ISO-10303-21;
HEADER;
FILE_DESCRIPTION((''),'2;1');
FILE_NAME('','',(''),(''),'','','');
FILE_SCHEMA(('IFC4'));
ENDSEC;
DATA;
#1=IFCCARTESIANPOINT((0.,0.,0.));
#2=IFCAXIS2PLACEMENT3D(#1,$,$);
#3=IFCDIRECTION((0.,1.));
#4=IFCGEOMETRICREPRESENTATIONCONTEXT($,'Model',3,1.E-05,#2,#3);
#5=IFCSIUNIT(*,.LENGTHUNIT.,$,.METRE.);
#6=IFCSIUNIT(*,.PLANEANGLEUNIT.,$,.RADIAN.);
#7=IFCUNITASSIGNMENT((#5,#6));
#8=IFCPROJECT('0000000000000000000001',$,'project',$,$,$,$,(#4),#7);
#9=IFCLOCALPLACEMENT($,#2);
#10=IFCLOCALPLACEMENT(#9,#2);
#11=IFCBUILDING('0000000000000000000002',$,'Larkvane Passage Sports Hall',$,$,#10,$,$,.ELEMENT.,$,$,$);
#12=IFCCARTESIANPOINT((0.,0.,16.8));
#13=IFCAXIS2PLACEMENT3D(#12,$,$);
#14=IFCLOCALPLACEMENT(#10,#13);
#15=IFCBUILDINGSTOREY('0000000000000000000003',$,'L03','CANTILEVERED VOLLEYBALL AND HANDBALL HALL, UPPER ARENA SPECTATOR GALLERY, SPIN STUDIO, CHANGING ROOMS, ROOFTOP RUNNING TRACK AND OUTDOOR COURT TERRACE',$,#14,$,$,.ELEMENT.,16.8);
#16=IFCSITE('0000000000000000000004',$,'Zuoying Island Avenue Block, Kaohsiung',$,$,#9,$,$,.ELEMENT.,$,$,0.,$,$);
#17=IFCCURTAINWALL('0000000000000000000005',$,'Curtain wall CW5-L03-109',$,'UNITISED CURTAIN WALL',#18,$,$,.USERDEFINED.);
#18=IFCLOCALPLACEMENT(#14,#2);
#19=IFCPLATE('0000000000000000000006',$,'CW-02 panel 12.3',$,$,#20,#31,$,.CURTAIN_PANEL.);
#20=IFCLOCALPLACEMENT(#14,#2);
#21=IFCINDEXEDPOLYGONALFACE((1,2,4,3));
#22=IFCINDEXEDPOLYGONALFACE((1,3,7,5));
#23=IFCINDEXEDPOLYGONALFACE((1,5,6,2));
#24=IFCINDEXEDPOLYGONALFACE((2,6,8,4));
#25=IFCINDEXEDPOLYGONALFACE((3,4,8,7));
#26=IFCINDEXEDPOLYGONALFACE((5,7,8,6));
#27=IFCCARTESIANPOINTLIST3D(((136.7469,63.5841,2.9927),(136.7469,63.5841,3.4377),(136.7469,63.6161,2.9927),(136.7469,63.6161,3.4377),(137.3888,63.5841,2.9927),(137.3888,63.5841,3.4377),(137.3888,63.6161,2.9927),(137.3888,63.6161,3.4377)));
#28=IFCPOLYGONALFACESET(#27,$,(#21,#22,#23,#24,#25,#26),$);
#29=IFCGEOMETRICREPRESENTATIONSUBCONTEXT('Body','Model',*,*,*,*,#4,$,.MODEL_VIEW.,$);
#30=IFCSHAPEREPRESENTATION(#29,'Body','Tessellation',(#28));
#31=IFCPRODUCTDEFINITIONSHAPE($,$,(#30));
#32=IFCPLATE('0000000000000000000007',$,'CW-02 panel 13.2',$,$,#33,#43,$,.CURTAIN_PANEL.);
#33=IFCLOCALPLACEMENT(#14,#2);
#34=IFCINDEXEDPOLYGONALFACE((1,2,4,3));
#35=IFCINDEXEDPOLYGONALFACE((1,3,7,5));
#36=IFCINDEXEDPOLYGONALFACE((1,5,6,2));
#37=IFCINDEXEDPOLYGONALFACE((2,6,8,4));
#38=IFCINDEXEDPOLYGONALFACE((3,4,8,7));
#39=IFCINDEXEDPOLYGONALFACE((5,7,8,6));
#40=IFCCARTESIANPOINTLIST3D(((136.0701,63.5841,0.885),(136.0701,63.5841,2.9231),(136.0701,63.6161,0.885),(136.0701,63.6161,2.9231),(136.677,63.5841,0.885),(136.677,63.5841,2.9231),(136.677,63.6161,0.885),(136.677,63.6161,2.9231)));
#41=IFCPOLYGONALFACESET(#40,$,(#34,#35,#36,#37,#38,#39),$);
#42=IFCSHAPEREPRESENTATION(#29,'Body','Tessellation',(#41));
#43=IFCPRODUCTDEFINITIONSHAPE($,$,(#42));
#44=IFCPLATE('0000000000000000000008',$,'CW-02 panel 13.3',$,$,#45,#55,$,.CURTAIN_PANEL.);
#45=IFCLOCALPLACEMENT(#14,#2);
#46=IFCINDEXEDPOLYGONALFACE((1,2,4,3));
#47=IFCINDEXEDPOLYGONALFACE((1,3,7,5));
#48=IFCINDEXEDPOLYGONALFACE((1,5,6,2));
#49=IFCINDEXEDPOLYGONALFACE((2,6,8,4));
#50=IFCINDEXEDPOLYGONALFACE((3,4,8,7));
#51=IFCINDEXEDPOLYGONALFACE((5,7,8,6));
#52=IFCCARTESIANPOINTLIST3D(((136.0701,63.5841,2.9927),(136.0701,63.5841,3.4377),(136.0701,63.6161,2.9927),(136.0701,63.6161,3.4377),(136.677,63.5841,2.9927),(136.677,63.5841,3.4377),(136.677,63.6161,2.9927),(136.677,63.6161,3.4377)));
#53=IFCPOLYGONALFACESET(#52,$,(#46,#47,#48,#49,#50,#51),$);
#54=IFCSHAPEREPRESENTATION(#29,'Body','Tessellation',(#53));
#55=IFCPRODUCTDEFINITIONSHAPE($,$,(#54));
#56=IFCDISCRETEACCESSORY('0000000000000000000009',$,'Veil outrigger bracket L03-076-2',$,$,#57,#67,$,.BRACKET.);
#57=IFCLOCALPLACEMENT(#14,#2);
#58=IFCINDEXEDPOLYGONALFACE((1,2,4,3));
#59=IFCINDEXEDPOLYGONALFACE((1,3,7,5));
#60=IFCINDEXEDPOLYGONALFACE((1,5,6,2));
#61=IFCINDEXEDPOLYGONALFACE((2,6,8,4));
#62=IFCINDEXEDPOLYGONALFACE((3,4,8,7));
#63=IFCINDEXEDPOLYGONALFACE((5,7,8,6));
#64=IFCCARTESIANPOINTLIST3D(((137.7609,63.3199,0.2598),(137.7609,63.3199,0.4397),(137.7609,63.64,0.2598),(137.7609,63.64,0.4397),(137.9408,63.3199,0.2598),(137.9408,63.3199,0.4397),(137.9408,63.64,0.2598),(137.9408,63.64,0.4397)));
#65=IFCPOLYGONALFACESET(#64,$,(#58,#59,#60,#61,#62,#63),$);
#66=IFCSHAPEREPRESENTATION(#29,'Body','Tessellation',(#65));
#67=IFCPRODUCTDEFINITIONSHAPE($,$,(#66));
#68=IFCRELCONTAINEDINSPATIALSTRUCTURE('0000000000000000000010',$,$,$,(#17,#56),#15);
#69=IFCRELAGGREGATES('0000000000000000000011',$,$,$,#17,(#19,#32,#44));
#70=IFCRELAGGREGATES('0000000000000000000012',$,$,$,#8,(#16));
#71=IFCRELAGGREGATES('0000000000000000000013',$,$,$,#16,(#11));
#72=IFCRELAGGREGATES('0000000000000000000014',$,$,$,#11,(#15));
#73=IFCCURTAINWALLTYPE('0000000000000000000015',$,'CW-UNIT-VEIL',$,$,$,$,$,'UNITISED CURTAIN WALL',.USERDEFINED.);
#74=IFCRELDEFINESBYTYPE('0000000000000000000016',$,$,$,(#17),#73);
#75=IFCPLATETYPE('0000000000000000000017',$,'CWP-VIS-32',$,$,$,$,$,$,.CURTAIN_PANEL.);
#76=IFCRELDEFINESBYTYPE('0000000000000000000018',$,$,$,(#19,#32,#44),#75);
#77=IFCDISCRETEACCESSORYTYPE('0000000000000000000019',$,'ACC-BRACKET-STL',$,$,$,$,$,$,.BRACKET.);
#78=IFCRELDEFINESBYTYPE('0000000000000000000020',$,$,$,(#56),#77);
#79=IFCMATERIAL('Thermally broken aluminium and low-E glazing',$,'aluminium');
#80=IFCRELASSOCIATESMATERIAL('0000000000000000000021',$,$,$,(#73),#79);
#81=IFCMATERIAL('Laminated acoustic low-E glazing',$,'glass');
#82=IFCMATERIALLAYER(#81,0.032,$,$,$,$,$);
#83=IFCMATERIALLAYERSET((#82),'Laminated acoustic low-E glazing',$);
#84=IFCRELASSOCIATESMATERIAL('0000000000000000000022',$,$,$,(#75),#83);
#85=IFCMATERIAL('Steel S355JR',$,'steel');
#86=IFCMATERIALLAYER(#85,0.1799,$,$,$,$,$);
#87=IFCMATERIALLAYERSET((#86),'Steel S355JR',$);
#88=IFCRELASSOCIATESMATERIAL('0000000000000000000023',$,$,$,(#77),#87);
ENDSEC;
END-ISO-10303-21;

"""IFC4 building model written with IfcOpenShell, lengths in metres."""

from ifc_helpers import new_model, si_unit, direction, frame, origin, origin_2d, place, context, subcontext, project, spatial, rectangle, extrude, material, layer, layer_set, type_object, element, aggregate, save


model = new_model("IFC4")

# Units and contexts
model_context = context("Model", 3, precision=1e-05, world=origin(), true_north=direction((0.0, 1.0)))
body_context = subcontext(model_context, "Body", "Model", "MODEL_VIEW")
ifc_project = project(units=[si_unit("LENGTHUNIT", "METRE"), si_unit("PLANEANGLEUNIT", "RADIAN")], contexts=[model_context])

# Site, building, storey
site_placement = place(None, origin())
site = spatial("IfcSite", under=ifc_project, at=site_placement, Name="Zuoying Island Avenue Block, Kaohsiung", CompositionType="ELEMENT", RefElevation=0.0)
building_placement = place(site_placement, origin())
building = spatial("IfcBuilding", under=site, at=building_placement, Name="Larkvane Passage Sports Hall", CompositionType="ELEMENT")
storey_placement = place(building_placement, frame((0.0, 0.0, 16.8)))
storey = spatial("IfcBuildingStorey", under=building, at=storey_placement, Name="L03", Description="CANTILEVERED VOLLEYBALL AND HANDBALL HALL, UPPER ARENA SPECTATOR GALLERY, SPIN STUDIO, CHANGING ROOMS, ROOFTOP RUNNING TRACK AND OUTDOOR COURT TERRACE", CompositionType="ELEMENT", Elevation=16.8)

# Curtain wall
ifc_material_1 = material(Name="Thermally broken aluminium and low-E glazing", Category="aluminium")
curtain_wall_type_1 = type_object("IfcCurtainWallType", Name="CW-UNIT-VEIL", ElementType="UNITISED CURTAIN WALL", PredefinedType="USERDEFINED", material=ifc_material_1)
curtain_wall_1_placement = place(storey_placement, origin())
curtain_wall_1 = element("IfcCurtainWall", 1, at=curtain_wall_1_placement, inside=storey, type_object=curtain_wall_type_1, Name="Curtain wall CW5-L03-109", ObjectType="UNITISED CURTAIN WALL", PredefinedType="USERDEFINED")

# Plates
ifc_material_2 = material(Name="Laminated acoustic low-E glazing", Category="glass")
ifc_layer_1 = layer(ifc_material_2, 0.032)
ifc_layer_set_1 = layer_set([ifc_layer_1], Name="Laminated acoustic low-E glazing")
plate_type_1 = type_object("IfcPlateType", Name="CWP-VIS-32", PredefinedType="CURTAIN_PANEL", material=ifc_layer_set_1)
plate_1_placement = place(storey_placement, frame((137.0679, 63.6001, 2.9927), z_axis=(0.0, 0.0, 1.0), x_axis=(-1.0, 0.0, 0.0)))
plate_1 = element("IfcPlate", 2, at=plate_1_placement, type_object=plate_type_1, Name="CW-02 panel 12.3", PredefinedType="CURTAIN_PANEL", context=body_context, shape_type="SweptSolid", body=[
    extrude(rectangle(XDim=0.6418, YDim=0.032, at=origin_2d()), origin(), (0.0, 0.0, 1.0), 0.4451),
])
plate_2_placement = place(storey_placement, frame((136.3735, 63.6001, 0.885), z_axis=(0.0, 0.0, 1.0), x_axis=(-1.0, 0.0, 0.0)))
plate_2 = element("IfcPlate", 3, at=plate_2_placement, type_object=plate_type_1, Name="CW-02 panel 13.2", PredefinedType="CURTAIN_PANEL", context=body_context, shape_type="SweptSolid", body=[
    extrude(rectangle(XDim=0.6069, YDim=0.032, at=origin_2d()), origin(), (0.0, 0.0, 1.0), 2.0381),
])
plate_3_placement = place(storey_placement, frame((136.3735, 63.6001, 2.9927), z_axis=(0.0, 0.0, 1.0), x_axis=(-1.0, 0.0, 0.0)))
plate_3 = element("IfcPlate", 4, at=plate_3_placement, type_object=plate_type_1, Name="CW-02 panel 13.3", PredefinedType="CURTAIN_PANEL", context=body_context, shape_type="SweptSolid", body=[
    extrude(rectangle(XDim=0.6069, YDim=0.032, at=origin_2d()), origin(), (0.0, 0.0, 1.0), 0.4451),
])
aggregate(curtain_wall_1, [plate_1, plate_2, plate_3])

# Discrete accessory
ifc_material_3 = material(Name="Steel S355JR", Category="steel")
ifc_layer_2 = layer(ifc_material_3, 0.1799)
ifc_layer_set_2 = layer_set([ifc_layer_2], Name="Steel S355JR")
discrete_accessory_type = type_object("IfcDiscreteAccessoryType", Name="ACC-BRACKET-STL", PredefinedType="BRACKET", material=ifc_layer_set_2)
discrete_accessory_placement = place(storey_placement, frame((137.8508, 63.48, 0.2598), z_axis=(0.0, 0.0, 1.0), x_axis=(-1.0, 0.0, 0.0)))
element("IfcDiscreteAccessory", 5, at=discrete_accessory_placement, inside=storey, type_object=discrete_accessory_type, Name="Veil outrigger bracket L03-076-2", PredefinedType="BRACKET", context=body_context, shape_type="SweptSolid", body=[
    extrude(rectangle(XDim=0.1799, YDim=0.3201, at=origin_2d()), origin(), (0.0, 0.0, 1.0), 0.1799),
])

save(model, "model.ifc")
